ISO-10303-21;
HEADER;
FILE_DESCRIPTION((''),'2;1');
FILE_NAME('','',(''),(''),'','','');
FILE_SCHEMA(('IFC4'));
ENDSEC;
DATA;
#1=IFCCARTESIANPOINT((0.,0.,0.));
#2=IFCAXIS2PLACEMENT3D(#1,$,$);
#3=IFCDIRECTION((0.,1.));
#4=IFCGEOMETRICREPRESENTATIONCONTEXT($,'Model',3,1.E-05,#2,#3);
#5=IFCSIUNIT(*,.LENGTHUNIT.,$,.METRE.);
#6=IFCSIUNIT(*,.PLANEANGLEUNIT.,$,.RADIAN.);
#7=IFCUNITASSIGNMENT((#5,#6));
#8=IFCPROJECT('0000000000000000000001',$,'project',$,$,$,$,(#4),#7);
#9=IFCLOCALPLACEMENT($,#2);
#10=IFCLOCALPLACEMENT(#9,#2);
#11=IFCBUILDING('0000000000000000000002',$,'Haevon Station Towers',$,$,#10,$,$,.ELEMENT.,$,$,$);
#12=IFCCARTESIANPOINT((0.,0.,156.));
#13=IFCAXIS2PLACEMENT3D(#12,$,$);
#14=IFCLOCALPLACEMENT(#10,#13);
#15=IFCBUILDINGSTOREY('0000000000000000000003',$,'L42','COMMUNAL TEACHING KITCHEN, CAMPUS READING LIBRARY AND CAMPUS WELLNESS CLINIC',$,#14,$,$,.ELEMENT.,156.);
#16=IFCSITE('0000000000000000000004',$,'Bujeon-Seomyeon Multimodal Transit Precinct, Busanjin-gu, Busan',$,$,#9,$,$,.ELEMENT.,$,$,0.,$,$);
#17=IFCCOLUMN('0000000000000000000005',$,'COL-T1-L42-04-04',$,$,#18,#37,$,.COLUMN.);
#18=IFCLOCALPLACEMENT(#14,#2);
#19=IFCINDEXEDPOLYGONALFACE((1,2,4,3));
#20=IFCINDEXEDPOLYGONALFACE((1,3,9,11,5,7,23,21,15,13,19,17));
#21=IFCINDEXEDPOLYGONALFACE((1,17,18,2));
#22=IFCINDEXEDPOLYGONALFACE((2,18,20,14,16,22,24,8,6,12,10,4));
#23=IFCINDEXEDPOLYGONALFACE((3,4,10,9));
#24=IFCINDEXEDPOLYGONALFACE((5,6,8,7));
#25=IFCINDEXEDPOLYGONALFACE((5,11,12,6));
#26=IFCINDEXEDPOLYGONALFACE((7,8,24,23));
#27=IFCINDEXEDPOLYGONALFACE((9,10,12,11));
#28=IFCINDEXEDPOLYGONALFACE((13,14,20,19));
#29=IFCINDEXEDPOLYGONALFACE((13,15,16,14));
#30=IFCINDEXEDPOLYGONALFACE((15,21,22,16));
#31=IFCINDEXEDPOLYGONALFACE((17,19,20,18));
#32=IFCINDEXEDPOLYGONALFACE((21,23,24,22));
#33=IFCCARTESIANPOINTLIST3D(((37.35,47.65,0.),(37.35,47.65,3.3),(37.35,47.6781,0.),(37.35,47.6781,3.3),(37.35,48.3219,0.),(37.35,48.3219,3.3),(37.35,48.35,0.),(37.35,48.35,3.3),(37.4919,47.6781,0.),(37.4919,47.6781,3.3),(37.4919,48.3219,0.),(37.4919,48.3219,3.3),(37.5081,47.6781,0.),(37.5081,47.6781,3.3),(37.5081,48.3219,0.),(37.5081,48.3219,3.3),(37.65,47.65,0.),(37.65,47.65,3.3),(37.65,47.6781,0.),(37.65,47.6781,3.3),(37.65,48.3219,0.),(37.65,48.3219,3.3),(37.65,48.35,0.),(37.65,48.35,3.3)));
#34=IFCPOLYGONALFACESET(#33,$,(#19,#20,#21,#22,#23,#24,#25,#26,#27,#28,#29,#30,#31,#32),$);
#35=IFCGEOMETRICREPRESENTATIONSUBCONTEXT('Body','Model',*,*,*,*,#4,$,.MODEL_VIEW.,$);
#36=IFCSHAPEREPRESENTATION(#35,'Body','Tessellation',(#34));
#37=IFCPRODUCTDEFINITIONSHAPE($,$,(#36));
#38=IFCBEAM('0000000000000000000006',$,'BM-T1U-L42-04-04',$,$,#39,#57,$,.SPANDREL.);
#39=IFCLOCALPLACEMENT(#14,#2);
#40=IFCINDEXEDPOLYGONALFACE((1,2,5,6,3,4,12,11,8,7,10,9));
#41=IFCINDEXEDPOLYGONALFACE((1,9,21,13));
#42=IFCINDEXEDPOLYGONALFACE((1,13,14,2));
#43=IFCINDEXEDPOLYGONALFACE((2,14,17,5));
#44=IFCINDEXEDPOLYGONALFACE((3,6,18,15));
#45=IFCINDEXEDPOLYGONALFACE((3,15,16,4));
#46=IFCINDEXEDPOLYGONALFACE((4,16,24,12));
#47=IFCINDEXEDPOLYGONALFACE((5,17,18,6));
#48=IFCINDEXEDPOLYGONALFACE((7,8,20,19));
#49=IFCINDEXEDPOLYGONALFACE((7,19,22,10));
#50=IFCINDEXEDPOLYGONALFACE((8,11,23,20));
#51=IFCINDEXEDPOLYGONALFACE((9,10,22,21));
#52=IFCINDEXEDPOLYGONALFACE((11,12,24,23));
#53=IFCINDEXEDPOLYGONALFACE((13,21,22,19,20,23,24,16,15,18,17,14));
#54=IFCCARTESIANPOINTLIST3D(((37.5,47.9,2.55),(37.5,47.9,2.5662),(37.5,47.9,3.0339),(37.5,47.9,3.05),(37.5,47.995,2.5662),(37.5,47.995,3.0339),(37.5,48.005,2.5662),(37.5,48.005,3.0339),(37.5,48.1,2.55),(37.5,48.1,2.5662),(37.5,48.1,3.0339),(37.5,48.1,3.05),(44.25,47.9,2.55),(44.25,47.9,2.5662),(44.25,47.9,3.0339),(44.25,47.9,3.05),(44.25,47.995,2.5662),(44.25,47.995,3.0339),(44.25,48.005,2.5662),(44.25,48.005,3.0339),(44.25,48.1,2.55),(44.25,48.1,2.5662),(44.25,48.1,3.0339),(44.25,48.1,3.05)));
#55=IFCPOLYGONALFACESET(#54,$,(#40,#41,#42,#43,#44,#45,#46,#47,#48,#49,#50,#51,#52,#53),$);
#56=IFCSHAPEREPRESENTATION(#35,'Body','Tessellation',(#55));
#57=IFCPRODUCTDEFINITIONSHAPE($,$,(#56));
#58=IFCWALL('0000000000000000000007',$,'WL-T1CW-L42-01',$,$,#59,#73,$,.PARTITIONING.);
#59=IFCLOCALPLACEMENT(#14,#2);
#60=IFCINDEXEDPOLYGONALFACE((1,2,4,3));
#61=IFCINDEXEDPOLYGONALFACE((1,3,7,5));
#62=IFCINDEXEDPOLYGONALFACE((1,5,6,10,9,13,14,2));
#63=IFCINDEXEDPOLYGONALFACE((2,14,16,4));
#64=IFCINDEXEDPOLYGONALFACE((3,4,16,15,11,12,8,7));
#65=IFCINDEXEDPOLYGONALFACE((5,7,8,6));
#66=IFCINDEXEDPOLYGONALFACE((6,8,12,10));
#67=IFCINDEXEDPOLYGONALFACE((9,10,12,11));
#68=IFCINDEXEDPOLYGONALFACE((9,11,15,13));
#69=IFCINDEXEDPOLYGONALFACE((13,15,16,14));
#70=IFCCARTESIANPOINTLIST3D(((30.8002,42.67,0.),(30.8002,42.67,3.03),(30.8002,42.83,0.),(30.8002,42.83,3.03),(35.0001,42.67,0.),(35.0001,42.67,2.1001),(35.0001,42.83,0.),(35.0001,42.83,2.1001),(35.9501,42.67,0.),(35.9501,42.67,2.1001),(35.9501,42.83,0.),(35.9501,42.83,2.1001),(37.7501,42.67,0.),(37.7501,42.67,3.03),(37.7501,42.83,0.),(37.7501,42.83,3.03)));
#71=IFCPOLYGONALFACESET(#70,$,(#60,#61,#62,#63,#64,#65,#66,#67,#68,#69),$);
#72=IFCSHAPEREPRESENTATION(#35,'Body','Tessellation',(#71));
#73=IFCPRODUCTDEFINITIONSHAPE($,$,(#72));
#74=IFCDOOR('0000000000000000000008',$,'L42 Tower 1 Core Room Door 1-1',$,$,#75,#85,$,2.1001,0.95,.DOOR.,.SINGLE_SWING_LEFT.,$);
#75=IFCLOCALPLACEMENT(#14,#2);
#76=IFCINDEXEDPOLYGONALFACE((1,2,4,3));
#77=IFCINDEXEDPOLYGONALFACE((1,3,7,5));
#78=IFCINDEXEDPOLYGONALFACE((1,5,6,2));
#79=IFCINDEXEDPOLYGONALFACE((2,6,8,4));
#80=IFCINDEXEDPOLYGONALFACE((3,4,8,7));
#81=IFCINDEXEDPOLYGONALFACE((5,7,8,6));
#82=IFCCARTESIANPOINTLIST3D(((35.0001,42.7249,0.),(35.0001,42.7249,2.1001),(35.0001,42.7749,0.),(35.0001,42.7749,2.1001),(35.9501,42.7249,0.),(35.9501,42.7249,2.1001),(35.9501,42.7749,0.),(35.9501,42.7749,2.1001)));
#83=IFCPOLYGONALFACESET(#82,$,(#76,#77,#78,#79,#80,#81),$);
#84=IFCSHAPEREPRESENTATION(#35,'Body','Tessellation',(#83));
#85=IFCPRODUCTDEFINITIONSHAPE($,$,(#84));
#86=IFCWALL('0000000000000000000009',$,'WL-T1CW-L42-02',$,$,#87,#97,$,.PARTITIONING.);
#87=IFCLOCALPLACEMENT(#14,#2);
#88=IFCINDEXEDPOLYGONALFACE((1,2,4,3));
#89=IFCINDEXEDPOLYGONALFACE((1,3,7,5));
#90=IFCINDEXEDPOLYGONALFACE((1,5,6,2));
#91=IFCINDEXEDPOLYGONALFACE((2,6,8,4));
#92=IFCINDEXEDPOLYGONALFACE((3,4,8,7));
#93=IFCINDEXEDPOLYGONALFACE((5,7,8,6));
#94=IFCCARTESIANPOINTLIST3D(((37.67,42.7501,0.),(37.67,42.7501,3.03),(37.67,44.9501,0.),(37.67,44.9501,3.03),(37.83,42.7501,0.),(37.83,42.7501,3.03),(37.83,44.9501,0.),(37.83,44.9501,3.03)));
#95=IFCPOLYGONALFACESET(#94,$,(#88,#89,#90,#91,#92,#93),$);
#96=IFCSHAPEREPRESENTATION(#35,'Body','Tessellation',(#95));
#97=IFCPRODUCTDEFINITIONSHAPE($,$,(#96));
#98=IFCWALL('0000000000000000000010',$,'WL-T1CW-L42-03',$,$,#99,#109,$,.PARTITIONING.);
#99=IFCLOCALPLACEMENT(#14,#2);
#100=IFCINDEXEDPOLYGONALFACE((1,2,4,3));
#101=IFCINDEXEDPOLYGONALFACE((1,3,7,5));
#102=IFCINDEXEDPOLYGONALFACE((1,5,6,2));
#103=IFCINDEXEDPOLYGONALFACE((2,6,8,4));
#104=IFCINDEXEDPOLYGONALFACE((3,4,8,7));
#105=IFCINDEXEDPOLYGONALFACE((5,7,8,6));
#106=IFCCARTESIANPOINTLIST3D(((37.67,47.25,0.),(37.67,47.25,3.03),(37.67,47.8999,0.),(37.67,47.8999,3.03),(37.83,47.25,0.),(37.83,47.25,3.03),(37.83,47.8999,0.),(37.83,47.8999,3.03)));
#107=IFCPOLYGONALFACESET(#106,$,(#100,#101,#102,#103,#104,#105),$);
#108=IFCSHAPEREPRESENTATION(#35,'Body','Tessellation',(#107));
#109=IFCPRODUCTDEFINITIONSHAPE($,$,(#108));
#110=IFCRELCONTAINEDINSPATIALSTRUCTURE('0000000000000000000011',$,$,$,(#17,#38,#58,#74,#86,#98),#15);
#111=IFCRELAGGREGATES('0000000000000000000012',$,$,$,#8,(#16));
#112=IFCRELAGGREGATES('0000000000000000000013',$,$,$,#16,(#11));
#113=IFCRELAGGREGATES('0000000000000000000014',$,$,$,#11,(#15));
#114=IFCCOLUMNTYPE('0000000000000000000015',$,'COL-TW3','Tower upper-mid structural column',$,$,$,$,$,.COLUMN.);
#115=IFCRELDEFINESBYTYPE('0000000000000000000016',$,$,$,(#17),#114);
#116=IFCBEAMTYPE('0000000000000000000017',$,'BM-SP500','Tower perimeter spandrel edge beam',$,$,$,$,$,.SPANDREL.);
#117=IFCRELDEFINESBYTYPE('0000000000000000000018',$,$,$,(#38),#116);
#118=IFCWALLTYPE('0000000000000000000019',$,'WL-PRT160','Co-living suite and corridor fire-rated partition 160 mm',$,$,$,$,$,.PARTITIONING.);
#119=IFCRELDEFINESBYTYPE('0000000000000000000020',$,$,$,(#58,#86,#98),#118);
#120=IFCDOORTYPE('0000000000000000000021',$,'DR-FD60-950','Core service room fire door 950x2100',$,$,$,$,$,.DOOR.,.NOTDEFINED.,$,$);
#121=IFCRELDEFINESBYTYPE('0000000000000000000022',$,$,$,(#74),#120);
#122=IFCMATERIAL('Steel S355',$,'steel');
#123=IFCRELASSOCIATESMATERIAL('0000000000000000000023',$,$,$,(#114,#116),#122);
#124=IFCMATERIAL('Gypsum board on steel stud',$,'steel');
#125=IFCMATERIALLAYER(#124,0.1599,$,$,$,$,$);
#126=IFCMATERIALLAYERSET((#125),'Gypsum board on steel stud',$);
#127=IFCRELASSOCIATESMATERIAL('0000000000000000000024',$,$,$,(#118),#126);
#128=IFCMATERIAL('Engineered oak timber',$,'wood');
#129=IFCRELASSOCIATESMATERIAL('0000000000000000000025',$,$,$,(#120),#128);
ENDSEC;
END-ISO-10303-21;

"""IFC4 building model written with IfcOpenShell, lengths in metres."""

from ifc_helpers import new_model, si_unit, direction, frame, frame_2d, origin, origin_2d, place, context, subcontext, project, spatial, rectangle, i_section, extrude, material, layer, layer_set, material_profile, profile_set, type_object, element, fill, save


model = new_model("IFC4")

# Units and contexts
model_context = context("Model", 3, precision=1e-05, world=origin(), true_north=direction((0.0, 1.0)))
body_context = subcontext(model_context, "Body", "Model", "MODEL_VIEW")
ifc_project = project(units=[si_unit("LENGTHUNIT", "METRE"), si_unit("PLANEANGLEUNIT", "RADIAN")], contexts=[model_context])

# Site, building, storey
site_placement = place(None, origin())
site = spatial("IfcSite", under=ifc_project, at=site_placement, Name="Bujeon-Seomyeon Multimodal Transit Precinct, Busanjin-gu, Busan", CompositionType="ELEMENT", RefElevation=0.0)
building_placement = place(site_placement, origin())
building = spatial("IfcBuilding", under=site, at=building_placement, Name="Haevon Station Towers", CompositionType="ELEMENT")
storey_placement = place(building_placement, frame((0.0, 0.0, 156.0)))
storey = spatial("IfcBuildingStorey", under=building, at=storey_placement, Name="L42", Description="COMMUNAL TEACHING KITCHEN, CAMPUS READING LIBRARY AND CAMPUS WELLNESS CLINIC", CompositionType="ELEMENT", Elevation=156.0)

# Column
ifc_material_1 = material(Name="Steel S355", Category="steel")
ifc_material_profile_1 = material_profile(ifc_material_1, i_section(OverallWidth=0.3, OverallDepth=0.7, WebThickness=0.0161, FlangeThickness=0.0281, at=origin_2d()), Name="H-700x300x16x28")
ifc_profile_set_1 = profile_set([ifc_material_profile_1], Name="Steel S355")
column_type = type_object("IfcColumnType", Name="COL-TW3", Description="Tower upper-mid structural column", PredefinedType="COLUMN", material=ifc_profile_set_1)
column_placement = place(storey_placement, frame((37.5, 48.0, 0.0), z_axis=(0.0, 0.0, 1.0), x_axis=(1.0, 0.0, 0.0)))
element("IfcColumn", 1, at=column_placement, inside=storey, type_object=column_type, Name="COL-T1-L42-04-04", PredefinedType="COLUMN", context=body_context, shape_type="SweptSolid", body=[
    extrude(i_section(OverallWidth=0.3, OverallDepth=0.7, WebThickness=0.0161, FlangeThickness=0.0281, at=origin_2d()), origin(), (0.0, 0.0, 1.0), 3.3),
])

# Beam
ifc_material_profile_2 = material_profile(ifc_material_1, i_section(OverallWidth=0.2, OverallDepth=0.5, WebThickness=0.01, FlangeThickness=0.0161, at=origin_2d()), Name="H-500x200x10x16")
ifc_profile_set_2 = profile_set([ifc_material_profile_2], Name="Steel S355")
beam_type = type_object("IfcBeamType", Name="BM-SP500", Description="Tower perimeter spandrel edge beam", PredefinedType="SPANDREL", material=ifc_profile_set_2)
beam_placement = place(storey_placement, frame((37.5, 48.0, 2.8), z_axis=(1.0, 0.0, 0.0), x_axis=(0.0, 1.0, 0.0)))
element("IfcBeam", 2, at=beam_placement, inside=storey, type_object=beam_type, Name="BM-T1U-L42-04-04", PredefinedType="SPANDREL", context=body_context, shape_type="SweptSolid", body=[
    extrude(i_section(OverallWidth=0.2, OverallDepth=0.5, WebThickness=0.01, FlangeThickness=0.0161, at=origin_2d()), origin(), (0.0, 0.0, 1.0), 6.75),
])

# Wall, opening, door
ifc_material_2 = material(Name="Gypsum board on steel stud", Category="steel")
ifc_layer_1 = layer(ifc_material_2, 0.1599)
ifc_layer_set_1 = layer_set([ifc_layer_1], Name="Gypsum board on steel stud")
wall_type_1 = type_object("IfcWallType", Name="WL-PRT160", Description="Co-living suite and corridor fire-rated partition 160 mm", PredefinedType="PARTITIONING", material=ifc_layer_set_1)
wall_1_placement = place(storey_placement, frame((30.8, 42.75, 0.0), z_axis=(0.0, 0.0, 1.0), x_axis=(1.0, 0.0, 0.0)))
wall_1 = element("IfcWall", 3, at=wall_1_placement, inside=storey, type_object=wall_type_1, Name="WL-T1CW-L42-01", PredefinedType="PARTITIONING", context=body_context, shape_type="SweptSolid", body=[
    extrude(rectangle(XDim=6.95, YDim=0.1599, at=frame_2d((3.4751, 0.0))), origin(), (0.0, 0.0, 1.0), 3.03),
])
opening_1_placement = place(wall_1_placement, frame((4.2, 0.0, 0.0)))
opening_1 = element("IfcOpeningElement", 4, at=opening_1_placement, cuts=wall_1, PredefinedType="OPENING", context=body_context, shape_type="SweptSolid", body=[
    extrude(rectangle(XDim=0.95, YDim=2.1001, at=frame_2d((0.4751, 1.05))), frame((0.0, 0.0898, 0.0), z_axis=(0.0, -1.0, 0.0), x_axis=(1.0, 0.0, 0.0)), (0.0, 0.0, 1.0), 0.1799),
])
ifc_material_3 = material(Name="Engineered oak timber", Category="wood")
door_type_1 = type_object("IfcDoorType", Name="DR-FD60-950", Description="Core service room fire door 950x2100", OperationType="NOTDEFINED", PredefinedType="DOOR", material=ifc_material_3)
door_1_placement = place(opening_1_placement, origin())
door_1 = element("IfcDoor", 5, at=door_1_placement, inside=storey, type_object=door_type_1, Name="L42 Tower 1 Core Room Door 1-1", OperationType="SINGLE_SWING_LEFT", OverallHeight=2.1001, OverallWidth=0.95, PredefinedType="DOOR", context=body_context, shape_type="SweptSolid", body=[
    extrude(rectangle(XDim=0.95, YDim=2.1001, at=frame_2d((0.4751, 1.05))), frame((0.0, 0.0249, 0.0), z_axis=(0.0, -1.0, 0.0), x_axis=(1.0, 0.0, 0.0)), (0.0, 0.0, 1.0), 0.05),
])
fill(opening_1, door_1)

# Walls
wall_2_placement = place(storey_placement, frame((37.75, 42.75, 0.0), z_axis=(0.0, 0.0, 1.0), x_axis=(0.0, 1.0, 0.0)))
element("IfcWall", 6, at=wall_2_placement, inside=storey, type_object=wall_type_1, Name="WL-T1CW-L42-02", PredefinedType="PARTITIONING", context=body_context, shape_type="SweptSolid", body=[
    extrude(rectangle(XDim=2.2, YDim=0.1599, at=frame_2d((1.1001, 0.0))), origin(), (0.0, 0.0, 1.0), 3.03),
])
wall_3_placement = place(storey_placement, frame((37.75, 47.25, 0.0), z_axis=(0.0, 0.0, 1.0), x_axis=(0.0, 1.0, 0.0)))
element("IfcWall", 7, at=wall_3_placement, inside=storey, type_object=wall_type_1, Name="WL-T1CW-L42-03", PredefinedType="PARTITIONING", context=body_context, shape_type="SweptSolid", body=[
    extrude(rectangle(XDim=0.6499, YDim=0.1599, at=frame_2d((0.325, 0.0))), origin(), (0.0, 0.0, 1.0), 3.03),
])

save(model, "model.ifc")
